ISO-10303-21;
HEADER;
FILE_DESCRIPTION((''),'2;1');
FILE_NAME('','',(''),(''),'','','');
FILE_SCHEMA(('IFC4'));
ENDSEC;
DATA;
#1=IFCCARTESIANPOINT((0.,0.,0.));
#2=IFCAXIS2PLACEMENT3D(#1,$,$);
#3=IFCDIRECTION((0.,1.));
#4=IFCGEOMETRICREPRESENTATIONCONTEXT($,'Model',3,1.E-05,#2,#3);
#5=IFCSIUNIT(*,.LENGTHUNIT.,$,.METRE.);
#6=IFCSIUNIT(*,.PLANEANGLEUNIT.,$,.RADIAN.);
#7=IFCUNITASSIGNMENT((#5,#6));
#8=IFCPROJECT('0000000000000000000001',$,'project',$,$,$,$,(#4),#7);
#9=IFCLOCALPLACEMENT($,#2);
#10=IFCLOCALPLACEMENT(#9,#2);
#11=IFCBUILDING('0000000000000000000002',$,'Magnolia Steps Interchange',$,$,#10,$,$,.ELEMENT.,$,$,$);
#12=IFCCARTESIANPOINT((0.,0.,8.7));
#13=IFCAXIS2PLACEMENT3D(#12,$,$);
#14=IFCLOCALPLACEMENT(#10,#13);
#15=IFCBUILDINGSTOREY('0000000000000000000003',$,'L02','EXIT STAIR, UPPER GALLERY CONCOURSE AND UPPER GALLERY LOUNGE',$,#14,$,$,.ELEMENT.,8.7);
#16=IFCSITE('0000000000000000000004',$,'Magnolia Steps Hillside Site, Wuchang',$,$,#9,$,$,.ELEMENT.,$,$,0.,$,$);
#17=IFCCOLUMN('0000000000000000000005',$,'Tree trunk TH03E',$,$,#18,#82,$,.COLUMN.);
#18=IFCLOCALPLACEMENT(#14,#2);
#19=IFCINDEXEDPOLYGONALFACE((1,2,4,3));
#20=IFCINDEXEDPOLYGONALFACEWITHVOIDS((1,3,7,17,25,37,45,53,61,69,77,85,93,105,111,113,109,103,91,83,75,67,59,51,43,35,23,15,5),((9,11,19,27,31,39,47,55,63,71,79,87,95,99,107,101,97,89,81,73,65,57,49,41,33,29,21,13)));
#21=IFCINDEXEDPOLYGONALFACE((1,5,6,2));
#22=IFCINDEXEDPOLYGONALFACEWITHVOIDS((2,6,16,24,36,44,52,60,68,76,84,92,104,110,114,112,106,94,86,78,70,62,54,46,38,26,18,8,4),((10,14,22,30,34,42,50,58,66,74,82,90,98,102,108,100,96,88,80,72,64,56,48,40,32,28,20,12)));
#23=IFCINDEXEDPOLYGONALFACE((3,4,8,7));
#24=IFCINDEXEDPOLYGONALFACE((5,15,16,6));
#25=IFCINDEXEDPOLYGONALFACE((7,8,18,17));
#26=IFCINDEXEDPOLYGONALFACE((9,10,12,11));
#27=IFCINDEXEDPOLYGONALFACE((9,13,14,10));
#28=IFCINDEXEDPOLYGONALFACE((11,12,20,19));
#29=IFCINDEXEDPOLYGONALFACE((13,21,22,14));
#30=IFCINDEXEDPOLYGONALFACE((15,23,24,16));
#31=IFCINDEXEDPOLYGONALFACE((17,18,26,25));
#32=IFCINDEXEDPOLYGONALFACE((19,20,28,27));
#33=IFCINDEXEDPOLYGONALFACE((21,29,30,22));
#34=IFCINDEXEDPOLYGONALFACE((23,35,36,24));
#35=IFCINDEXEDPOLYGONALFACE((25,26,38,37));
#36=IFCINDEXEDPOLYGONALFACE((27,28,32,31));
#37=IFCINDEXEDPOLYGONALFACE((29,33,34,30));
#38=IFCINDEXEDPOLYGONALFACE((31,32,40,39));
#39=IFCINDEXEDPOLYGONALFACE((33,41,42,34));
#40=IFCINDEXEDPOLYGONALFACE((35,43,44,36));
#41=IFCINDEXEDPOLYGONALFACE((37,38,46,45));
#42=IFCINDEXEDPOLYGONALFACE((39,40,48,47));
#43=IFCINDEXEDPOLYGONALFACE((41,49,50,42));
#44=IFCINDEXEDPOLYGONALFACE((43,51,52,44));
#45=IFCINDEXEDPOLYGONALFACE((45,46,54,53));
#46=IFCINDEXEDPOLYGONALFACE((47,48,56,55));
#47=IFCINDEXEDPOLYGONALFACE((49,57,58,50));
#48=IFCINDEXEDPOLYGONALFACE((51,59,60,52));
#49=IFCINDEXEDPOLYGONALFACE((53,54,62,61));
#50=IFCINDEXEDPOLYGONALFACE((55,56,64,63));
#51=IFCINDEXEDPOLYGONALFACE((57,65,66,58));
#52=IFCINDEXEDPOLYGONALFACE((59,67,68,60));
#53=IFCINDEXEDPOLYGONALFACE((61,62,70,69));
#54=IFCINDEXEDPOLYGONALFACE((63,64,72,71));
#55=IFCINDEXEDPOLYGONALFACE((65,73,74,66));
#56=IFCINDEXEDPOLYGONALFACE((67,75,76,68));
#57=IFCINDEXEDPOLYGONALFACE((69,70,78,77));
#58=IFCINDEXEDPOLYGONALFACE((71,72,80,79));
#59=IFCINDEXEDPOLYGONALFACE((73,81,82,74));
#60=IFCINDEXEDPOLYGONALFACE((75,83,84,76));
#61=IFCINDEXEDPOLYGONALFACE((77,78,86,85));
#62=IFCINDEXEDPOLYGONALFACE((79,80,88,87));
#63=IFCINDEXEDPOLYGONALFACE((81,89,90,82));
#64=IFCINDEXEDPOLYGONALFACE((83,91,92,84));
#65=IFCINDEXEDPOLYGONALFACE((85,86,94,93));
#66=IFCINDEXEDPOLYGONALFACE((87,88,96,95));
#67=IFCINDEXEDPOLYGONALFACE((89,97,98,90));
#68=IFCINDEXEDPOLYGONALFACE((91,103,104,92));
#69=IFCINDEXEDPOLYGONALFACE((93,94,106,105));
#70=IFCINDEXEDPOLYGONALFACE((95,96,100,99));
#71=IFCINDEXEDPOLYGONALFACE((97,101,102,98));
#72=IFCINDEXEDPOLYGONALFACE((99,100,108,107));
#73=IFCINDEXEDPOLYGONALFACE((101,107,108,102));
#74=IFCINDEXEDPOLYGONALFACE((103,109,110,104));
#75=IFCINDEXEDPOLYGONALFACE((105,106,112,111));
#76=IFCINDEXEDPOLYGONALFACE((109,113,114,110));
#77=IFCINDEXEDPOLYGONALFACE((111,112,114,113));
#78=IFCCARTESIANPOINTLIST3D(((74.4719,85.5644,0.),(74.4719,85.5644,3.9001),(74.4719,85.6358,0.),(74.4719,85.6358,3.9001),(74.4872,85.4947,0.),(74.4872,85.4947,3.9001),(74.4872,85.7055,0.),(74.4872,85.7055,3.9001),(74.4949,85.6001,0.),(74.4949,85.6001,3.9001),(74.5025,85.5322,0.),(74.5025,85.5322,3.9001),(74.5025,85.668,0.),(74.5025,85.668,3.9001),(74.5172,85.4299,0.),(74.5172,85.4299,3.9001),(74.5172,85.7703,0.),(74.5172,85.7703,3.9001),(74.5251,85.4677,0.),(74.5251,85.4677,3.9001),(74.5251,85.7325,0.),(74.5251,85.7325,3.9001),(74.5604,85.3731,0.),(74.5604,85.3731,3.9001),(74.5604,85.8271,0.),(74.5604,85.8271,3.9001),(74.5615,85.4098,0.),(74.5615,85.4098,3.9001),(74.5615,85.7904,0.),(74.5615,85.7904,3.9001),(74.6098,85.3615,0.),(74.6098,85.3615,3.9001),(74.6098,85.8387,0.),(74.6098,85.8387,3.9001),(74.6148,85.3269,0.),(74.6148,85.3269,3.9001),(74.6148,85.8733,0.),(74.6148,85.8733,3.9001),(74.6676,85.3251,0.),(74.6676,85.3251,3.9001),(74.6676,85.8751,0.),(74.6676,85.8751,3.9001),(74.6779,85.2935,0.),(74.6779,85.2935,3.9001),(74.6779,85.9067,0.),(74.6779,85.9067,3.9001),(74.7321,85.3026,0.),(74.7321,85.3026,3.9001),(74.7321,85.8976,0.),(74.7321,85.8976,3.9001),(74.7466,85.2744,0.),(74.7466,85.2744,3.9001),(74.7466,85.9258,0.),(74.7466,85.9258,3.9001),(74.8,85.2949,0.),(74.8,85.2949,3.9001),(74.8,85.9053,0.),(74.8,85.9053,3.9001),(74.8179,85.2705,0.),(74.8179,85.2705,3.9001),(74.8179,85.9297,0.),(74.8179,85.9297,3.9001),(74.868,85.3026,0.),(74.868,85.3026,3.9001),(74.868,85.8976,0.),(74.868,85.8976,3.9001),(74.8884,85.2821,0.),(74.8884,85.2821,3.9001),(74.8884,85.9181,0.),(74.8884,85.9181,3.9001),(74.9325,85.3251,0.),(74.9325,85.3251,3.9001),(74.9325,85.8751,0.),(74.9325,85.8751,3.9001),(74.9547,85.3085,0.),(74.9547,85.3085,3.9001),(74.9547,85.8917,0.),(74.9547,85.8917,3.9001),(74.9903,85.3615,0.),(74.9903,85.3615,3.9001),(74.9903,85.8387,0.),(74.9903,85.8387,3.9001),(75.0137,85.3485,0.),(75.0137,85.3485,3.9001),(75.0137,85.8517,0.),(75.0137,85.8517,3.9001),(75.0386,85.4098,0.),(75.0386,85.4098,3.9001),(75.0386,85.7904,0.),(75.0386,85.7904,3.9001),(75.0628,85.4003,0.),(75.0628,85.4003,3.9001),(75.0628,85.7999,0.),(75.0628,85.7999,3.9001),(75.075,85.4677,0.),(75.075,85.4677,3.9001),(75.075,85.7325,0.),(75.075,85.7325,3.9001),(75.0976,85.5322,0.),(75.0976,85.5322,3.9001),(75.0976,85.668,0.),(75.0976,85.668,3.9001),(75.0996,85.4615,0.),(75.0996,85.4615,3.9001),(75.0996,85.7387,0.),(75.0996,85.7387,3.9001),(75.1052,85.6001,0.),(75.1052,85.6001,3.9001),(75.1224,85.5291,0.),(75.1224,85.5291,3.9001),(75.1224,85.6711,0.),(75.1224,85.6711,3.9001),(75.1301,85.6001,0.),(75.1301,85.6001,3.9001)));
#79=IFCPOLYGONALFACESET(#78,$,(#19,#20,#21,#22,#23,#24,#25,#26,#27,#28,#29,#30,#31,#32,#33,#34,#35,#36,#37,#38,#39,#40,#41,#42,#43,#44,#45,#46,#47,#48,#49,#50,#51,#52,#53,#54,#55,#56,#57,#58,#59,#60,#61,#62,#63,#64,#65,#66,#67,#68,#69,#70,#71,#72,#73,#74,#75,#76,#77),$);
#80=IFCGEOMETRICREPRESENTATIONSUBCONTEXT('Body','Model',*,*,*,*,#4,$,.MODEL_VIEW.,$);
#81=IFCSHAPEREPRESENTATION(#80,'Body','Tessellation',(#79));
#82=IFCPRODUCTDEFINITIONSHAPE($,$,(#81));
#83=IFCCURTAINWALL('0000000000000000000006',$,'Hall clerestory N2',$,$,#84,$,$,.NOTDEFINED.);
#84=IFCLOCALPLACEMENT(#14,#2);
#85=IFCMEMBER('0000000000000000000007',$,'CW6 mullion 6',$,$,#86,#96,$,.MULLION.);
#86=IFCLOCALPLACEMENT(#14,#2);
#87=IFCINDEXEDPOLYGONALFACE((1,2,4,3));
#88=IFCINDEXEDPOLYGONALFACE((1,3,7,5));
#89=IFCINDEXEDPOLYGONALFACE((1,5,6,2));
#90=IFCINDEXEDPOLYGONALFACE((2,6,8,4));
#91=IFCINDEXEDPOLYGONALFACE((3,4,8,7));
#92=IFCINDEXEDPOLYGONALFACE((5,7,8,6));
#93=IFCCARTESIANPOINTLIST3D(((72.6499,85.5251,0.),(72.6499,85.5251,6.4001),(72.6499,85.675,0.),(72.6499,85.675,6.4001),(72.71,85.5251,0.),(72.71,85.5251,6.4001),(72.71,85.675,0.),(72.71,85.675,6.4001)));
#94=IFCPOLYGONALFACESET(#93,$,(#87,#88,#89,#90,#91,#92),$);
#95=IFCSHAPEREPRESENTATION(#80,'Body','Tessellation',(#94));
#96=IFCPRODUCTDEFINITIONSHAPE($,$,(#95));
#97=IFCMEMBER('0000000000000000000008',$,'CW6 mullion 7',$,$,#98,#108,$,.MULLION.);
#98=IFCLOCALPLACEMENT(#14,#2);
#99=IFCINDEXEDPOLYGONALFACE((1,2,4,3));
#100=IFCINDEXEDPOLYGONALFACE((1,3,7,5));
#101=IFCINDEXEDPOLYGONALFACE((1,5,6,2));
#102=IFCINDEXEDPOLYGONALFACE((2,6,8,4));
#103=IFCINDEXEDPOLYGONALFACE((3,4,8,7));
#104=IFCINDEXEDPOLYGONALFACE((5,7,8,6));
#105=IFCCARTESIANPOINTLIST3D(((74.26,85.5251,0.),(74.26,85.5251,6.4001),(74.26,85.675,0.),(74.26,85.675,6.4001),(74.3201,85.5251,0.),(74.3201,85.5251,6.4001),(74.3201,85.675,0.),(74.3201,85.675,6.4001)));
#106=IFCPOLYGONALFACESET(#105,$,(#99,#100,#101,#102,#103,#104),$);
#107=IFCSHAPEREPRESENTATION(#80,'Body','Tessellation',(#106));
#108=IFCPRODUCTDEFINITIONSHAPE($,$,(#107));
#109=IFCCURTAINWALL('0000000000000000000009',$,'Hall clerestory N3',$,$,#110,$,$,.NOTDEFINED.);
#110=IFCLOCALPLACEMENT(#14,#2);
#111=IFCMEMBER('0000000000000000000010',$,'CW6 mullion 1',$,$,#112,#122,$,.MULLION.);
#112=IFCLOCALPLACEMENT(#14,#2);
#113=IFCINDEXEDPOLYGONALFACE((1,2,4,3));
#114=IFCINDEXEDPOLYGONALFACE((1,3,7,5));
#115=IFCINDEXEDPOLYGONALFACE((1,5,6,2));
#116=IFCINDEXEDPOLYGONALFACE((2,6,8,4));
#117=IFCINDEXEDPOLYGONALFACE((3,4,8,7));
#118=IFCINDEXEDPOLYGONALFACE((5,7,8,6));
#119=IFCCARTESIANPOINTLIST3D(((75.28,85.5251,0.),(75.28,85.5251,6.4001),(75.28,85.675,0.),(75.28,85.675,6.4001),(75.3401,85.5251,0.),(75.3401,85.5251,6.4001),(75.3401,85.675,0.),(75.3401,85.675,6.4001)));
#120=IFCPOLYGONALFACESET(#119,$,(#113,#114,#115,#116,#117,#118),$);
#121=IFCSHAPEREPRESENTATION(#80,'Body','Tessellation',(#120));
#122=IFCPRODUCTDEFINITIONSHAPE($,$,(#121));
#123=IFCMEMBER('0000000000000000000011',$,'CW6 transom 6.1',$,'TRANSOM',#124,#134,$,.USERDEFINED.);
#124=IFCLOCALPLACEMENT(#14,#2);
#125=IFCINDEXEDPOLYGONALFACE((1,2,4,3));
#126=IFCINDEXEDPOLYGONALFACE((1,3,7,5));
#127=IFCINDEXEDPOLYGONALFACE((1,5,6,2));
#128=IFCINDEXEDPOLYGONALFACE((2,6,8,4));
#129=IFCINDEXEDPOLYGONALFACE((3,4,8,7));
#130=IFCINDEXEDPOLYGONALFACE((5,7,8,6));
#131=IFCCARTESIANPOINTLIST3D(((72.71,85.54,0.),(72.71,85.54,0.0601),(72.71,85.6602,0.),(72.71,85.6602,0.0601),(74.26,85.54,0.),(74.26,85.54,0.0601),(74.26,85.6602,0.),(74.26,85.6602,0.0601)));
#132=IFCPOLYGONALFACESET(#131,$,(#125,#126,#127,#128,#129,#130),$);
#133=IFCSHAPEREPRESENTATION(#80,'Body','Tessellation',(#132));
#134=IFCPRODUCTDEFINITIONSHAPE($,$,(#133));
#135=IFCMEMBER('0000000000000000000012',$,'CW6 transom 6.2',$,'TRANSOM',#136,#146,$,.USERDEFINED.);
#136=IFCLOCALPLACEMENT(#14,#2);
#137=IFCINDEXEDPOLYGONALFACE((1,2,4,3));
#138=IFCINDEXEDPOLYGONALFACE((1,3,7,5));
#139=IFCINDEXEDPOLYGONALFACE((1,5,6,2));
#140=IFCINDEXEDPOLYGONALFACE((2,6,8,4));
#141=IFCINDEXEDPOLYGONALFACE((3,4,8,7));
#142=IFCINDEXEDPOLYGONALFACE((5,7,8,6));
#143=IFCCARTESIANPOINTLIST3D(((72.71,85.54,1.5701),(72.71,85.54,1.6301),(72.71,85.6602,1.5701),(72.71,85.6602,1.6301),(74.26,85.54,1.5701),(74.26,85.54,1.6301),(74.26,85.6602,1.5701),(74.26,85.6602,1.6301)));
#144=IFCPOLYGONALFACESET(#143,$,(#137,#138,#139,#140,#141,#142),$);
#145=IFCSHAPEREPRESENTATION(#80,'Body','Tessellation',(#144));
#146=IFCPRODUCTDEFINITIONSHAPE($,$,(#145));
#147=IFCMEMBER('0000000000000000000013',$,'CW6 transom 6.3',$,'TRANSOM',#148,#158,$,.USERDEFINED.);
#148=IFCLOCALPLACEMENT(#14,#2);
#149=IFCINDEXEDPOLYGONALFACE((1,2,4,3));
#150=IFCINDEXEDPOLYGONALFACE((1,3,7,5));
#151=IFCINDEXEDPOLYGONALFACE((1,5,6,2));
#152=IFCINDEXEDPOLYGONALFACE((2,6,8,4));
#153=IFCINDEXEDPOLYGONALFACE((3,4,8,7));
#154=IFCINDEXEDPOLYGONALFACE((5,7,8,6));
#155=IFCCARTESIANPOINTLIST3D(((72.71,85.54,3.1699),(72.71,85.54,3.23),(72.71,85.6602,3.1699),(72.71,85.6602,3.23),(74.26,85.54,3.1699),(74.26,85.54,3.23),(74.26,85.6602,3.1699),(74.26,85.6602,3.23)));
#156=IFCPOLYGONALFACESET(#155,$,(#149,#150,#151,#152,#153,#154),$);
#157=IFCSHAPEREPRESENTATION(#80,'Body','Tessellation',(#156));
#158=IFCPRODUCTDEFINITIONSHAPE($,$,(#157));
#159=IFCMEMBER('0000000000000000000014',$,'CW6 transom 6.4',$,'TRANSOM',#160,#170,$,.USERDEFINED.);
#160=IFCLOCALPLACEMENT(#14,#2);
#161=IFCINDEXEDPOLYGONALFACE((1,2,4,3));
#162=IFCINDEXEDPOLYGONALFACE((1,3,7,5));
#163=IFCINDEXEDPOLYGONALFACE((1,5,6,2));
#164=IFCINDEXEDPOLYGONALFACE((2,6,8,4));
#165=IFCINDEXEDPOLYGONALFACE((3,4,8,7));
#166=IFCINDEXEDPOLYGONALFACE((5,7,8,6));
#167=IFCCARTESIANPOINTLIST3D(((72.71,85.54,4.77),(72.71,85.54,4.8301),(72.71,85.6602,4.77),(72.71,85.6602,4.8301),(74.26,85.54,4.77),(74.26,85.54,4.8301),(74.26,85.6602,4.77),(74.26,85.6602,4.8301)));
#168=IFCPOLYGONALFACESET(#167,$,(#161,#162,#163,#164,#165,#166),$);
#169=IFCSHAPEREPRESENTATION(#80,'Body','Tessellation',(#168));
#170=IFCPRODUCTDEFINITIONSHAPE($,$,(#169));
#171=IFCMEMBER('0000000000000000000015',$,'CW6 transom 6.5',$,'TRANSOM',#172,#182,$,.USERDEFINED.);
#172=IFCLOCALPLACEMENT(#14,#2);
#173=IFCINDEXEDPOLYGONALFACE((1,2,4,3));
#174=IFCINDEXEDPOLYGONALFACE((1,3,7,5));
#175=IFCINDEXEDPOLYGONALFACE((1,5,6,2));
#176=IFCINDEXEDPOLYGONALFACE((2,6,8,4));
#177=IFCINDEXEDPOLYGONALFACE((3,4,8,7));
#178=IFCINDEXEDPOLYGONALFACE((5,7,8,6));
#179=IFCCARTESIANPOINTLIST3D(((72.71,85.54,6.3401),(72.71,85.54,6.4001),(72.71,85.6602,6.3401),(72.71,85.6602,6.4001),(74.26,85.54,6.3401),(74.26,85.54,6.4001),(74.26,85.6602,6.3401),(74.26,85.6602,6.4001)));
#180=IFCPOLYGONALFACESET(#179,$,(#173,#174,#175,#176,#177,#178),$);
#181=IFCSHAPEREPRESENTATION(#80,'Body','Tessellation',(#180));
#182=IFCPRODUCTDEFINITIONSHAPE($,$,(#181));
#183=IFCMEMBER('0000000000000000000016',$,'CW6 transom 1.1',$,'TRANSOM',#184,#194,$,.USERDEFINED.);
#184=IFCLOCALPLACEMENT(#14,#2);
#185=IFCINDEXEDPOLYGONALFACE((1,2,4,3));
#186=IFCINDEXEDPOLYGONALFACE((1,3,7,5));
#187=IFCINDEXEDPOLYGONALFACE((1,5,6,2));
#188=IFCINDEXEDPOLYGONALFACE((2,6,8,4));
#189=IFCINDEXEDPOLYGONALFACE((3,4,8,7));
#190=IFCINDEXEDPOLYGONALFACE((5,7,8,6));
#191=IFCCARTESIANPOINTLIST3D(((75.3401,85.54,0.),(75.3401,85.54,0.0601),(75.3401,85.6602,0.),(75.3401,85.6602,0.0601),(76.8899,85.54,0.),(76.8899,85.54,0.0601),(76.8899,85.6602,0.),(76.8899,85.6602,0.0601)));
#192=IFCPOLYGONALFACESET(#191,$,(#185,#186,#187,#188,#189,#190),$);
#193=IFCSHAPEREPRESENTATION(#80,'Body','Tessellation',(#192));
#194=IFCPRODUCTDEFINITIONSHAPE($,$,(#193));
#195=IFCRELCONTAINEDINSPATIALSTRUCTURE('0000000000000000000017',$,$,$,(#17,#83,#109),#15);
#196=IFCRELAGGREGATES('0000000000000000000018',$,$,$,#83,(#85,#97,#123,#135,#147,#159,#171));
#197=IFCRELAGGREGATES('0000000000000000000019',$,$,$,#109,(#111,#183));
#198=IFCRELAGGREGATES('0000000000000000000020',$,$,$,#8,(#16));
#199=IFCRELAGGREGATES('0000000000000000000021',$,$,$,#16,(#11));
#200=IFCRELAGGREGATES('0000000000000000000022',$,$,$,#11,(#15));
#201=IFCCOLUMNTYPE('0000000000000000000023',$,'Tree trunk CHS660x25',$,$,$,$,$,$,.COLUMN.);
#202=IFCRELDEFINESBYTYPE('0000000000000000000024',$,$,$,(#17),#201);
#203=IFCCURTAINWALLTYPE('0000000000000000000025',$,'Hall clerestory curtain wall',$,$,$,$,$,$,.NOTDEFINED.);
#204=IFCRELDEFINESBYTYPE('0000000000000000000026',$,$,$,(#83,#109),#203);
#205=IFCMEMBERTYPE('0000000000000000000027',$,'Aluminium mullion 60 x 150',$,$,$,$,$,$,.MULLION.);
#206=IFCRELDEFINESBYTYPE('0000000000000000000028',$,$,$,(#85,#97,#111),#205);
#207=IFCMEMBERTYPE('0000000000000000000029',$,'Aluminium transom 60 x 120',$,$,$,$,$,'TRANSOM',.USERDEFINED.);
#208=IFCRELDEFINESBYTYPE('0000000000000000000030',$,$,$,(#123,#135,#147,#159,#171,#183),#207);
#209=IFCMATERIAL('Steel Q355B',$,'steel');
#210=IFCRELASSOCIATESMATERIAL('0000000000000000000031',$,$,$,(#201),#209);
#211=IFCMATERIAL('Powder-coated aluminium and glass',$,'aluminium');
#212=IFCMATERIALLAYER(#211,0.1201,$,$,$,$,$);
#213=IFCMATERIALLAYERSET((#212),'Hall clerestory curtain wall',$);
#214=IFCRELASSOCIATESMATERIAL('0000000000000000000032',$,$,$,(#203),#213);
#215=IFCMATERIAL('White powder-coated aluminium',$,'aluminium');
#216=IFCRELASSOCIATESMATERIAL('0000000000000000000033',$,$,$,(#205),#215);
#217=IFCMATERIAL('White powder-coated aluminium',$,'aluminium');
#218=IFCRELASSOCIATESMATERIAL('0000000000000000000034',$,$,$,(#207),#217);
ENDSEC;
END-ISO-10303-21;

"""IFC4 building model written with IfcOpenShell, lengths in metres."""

from ifc_helpers import new_model, si_unit, direction, frame, origin, origin_2d, place, context, subcontext, project, spatial, rectangle, hollow_circle, extrude, material, layer, layer_set, material_profile, profile_set, type_object, element, aggregate, save


model = new_model("IFC4")

# Units and contexts
model_context = context("Model", 3, precision=1e-05, world=origin(), true_north=direction((0.0, 1.0)))
body_context = subcontext(model_context, "Body", "Model", "MODEL_VIEW")
ifc_project = project(units=[si_unit("LENGTHUNIT", "METRE"), si_unit("PLANEANGLEUNIT", "RADIAN")], contexts=[model_context])

# Site, building, storey
site_placement = place(None, origin())
site = spatial("IfcSite", under=ifc_project, at=site_placement, Name="Magnolia Steps Hillside Site, Wuchang", CompositionType="ELEMENT", RefElevation=0.0)
building_placement = place(site_placement, origin())
building = spatial("IfcBuilding", under=site, at=building_placement, Name="Magnolia Steps Interchange", CompositionType="ELEMENT")
storey_placement = place(building_placement, frame((0.0, 0.0, 8.7)))
storey = spatial("IfcBuildingStorey", under=building, at=storey_placement, Name="L02", Description="EXIT STAIR, UPPER GALLERY CONCOURSE AND UPPER GALLERY LOUNGE", CompositionType="ELEMENT", Elevation=8.7)

# Column
ifc_material_1 = material(Name="Steel Q355B", Category="steel")
ifc_material_profile_1 = material_profile(ifc_material_1, hollow_circle(Radius=0.3301, WallThickness=0.0249, at=origin_2d()), Name="CHS660x25")
ifc_profile_set_1 = profile_set([ifc_material_profile_1], Name="Steel Q355B")
column_type = type_object("IfcColumnType", Name="Tree trunk CHS660x25", PredefinedType="COLUMN", material=ifc_profile_set_1)
column_placement = place(storey_placement, frame((74.8, 85.6001, 0.0), z_axis=(0.0, 0.0, 1.0), x_axis=(1.0, 0.0, 0.0)))
element("IfcColumn", 1, at=column_placement, inside=storey, type_object=column_type, Name="Tree trunk TH03E", PredefinedType="COLUMN", context=body_context, shape_type="SweptSolid", body=[
    extrude(hollow_circle(Radius=0.3301, WallThickness=0.0249, at=origin_2d()), origin(), (0.0, 0.0, 1.0), 3.9001),
])

# Curtain wall, members
ifc_material_2 = material(Name="Powder-coated aluminium and glass", Category="aluminium")
ifc_layer_1 = layer(ifc_material_2, 0.1201)
ifc_layer_set_1 = layer_set([ifc_layer_1], Name="Hall clerestory curtain wall")
curtain_wall_type = type_object("IfcCurtainWallType", Name="Hall clerestory curtain wall", PredefinedType="NOTDEFINED", material=ifc_layer_set_1)
curtain_wall_1_placement = place(storey_placement, origin())
curtain_wall_1 = element("IfcCurtainWall", 2, at=curtain_wall_1_placement, inside=storey, type_object=curtain_wall_type, Name="Hall clerestory N2", PredefinedType="NOTDEFINED")
ifc_material_3 = material(Name="White powder-coated aluminium", Category="aluminium")
ifc_material_profile_2 = material_profile(ifc_material_3, rectangle(XDim=0.0601, YDim=0.1499, at=origin_2d()), Name="Aluminium mullion 60 x 150")
ifc_profile_set_2 = profile_set([ifc_material_profile_2], Name="White powder-coated aluminium")
member_type_1 = type_object("IfcMemberType", Name="Aluminium mullion 60 x 150", PredefinedType="MULLION", material=ifc_profile_set_2)
member_1_placement = place(storey_placement, frame((72.6799, 85.6001, 0.0), z_axis=(0.0, 0.0, 1.0), x_axis=(1.0, 0.0, 0.0)))
member_1 = element("IfcMember", 3, at=member_1_placement, type_object=member_type_1, Name="CW6 mullion 6", PredefinedType="MULLION", context=body_context, shape_type="SweptSolid", body=[
    extrude(rectangle(XDim=0.0601, YDim=0.1499, at=origin_2d()), origin(), (0.0, 0.0, 1.0), 6.4001),
])
member_2_placement = place(storey_placement, frame((74.29, 85.6001, 0.0), z_axis=(0.0, 0.0, 1.0), x_axis=(1.0, 0.0, 0.0)))
member_2 = element("IfcMember", 4, at=member_2_placement, type_object=member_type_1, Name="CW6 mullion 7", PredefinedType="MULLION", context=body_context, shape_type="SweptSolid", body=[
    extrude(rectangle(XDim=0.0601, YDim=0.1499, at=origin_2d()), origin(), (0.0, 0.0, 1.0), 6.4001),
])

# Curtain wall, member
curtain_wall_2_placement = place(storey_placement, origin())
curtain_wall_2 = element("IfcCurtainWall", 5, at=curtain_wall_2_placement, inside=storey, type_object=curtain_wall_type, Name="Hall clerestory N3", PredefinedType="NOTDEFINED")
member_3_placement = place(storey_placement, frame((75.3101, 85.6001, 0.0), z_axis=(0.0, 0.0, 1.0), x_axis=(1.0, 0.0, 0.0)))
member_3 = element("IfcMember", 6, at=member_3_placement, type_object=member_type_1, Name="CW6 mullion 1", PredefinedType="MULLION", context=body_context, shape_type="SweptSolid", body=[
    extrude(rectangle(XDim=0.0601, YDim=0.1499, at=origin_2d()), origin(), (0.0, 0.0, 1.0), 6.4001),
])

# Members
ifc_material_4 = material(Name="White powder-coated aluminium", Category="aluminium")
ifc_material_profile_3 = material_profile(ifc_material_4, rectangle(XDim=0.0601, YDim=0.1201, at=origin_2d()), Name="Aluminium transom 60 x 120")
ifc_profile_set_3 = profile_set([ifc_material_profile_3], Name="White powder-coated aluminium")
member_type_2 = type_object("IfcMemberType", Name="Aluminium transom 60 x 120", ElementType="TRANSOM", PredefinedType="USERDEFINED", material=ifc_profile_set_3)
member_4_placement = place(storey_placement, frame((72.71, 85.6001, 0.03), z_axis=(1.0, 0.0, 0.0), x_axis=(0.0, 0.0, 1.0)))
member_4 = element("IfcMember", 7, at=member_4_placement, type_object=member_type_2, Name="CW6 transom 6.1", ObjectType="TRANSOM", PredefinedType="USERDEFINED", context=body_context, shape_type="SweptSolid", body=[
    extrude(rectangle(XDim=0.0601, YDim=0.1201, at=origin_2d()), origin(), (0.0, 0.0, 1.0), 1.55),
])
member_5_placement = place(storey_placement, frame((72.71, 85.6001, 1.6001), z_axis=(1.0, 0.0, 0.0), x_axis=(0.0, 0.0, 1.0)))
member_5 = element("IfcMember", 8, at=member_5_placement, type_object=member_type_2, Name="CW6 transom 6.2", ObjectType="TRANSOM", PredefinedType="USERDEFINED", context=body_context, shape_type="SweptSolid", body=[
    extrude(rectangle(XDim=0.0601, YDim=0.1201, at=origin_2d()), origin(), (0.0, 0.0, 1.0), 1.55),
])
member_6_placement = place(storey_placement, frame((72.71, 85.6001, 3.2), z_axis=(1.0, 0.0, 0.0), x_axis=(0.0, 0.0, 1.0)))
member_6 = element("IfcMember", 9, at=member_6_placement, type_object=member_type_2, Name="CW6 transom 6.3", ObjectType="TRANSOM", PredefinedType="USERDEFINED", context=body_context, shape_type="SweptSolid", body=[
    extrude(rectangle(XDim=0.0601, YDim=0.1201, at=origin_2d()), origin(), (0.0, 0.0, 1.0), 1.55),
])
member_7_placement = place(storey_placement, frame((72.71, 85.6001, 4.8), z_axis=(1.0, 0.0, 0.0), x_axis=(0.0, 0.0, 1.0)))
member_7 = element("IfcMember", 10, at=member_7_placement, type_object=member_type_2, Name="CW6 transom 6.4", ObjectType="TRANSOM", PredefinedType="USERDEFINED", context=body_context, shape_type="SweptSolid", body=[
    extrude(rectangle(XDim=0.0601, YDim=0.1201, at=origin_2d()), origin(), (0.0, 0.0, 1.0), 1.55),
])
member_8_placement = place(storey_placement, frame((72.71, 85.6001, 6.3701), z_axis=(1.0, 0.0, 0.0), x_axis=(0.0, 0.0, 1.0)))
member_8 = element("IfcMember", 11, at=member_8_placement, type_object=member_type_2, Name="CW6 transom 6.5", ObjectType="TRANSOM", PredefinedType="USERDEFINED", context=body_context, shape_type="SweptSolid", body=[
    extrude(rectangle(XDim=0.0601, YDim=0.1201, at=origin_2d()), origin(), (0.0, 0.0, 1.0), 1.55),
])
member_9_placement = place(storey_placement, frame((75.3401, 85.6001, 0.03), z_axis=(1.0, 0.0, 0.0), x_axis=(0.0, 0.0, 1.0)))
member_9 = element("IfcMember", 12, at=member_9_placement, type_object=member_type_2, Name="CW6 transom 1.1", ObjectType="TRANSOM", PredefinedType="USERDEFINED", context=body_context, shape_type="SweptSolid", body=[
    extrude(rectangle(XDim=0.0601, YDim=0.1201, at=origin_2d()), origin(), (0.0, 0.0, 1.0), 1.5498),
])

aggregate(curtain_wall_1, [member_1, member_2, member_4, member_5, member_6, member_7, member_8])
aggregate(curtain_wall_2, [member_3, member_9])

save(model, "model.ifc")
